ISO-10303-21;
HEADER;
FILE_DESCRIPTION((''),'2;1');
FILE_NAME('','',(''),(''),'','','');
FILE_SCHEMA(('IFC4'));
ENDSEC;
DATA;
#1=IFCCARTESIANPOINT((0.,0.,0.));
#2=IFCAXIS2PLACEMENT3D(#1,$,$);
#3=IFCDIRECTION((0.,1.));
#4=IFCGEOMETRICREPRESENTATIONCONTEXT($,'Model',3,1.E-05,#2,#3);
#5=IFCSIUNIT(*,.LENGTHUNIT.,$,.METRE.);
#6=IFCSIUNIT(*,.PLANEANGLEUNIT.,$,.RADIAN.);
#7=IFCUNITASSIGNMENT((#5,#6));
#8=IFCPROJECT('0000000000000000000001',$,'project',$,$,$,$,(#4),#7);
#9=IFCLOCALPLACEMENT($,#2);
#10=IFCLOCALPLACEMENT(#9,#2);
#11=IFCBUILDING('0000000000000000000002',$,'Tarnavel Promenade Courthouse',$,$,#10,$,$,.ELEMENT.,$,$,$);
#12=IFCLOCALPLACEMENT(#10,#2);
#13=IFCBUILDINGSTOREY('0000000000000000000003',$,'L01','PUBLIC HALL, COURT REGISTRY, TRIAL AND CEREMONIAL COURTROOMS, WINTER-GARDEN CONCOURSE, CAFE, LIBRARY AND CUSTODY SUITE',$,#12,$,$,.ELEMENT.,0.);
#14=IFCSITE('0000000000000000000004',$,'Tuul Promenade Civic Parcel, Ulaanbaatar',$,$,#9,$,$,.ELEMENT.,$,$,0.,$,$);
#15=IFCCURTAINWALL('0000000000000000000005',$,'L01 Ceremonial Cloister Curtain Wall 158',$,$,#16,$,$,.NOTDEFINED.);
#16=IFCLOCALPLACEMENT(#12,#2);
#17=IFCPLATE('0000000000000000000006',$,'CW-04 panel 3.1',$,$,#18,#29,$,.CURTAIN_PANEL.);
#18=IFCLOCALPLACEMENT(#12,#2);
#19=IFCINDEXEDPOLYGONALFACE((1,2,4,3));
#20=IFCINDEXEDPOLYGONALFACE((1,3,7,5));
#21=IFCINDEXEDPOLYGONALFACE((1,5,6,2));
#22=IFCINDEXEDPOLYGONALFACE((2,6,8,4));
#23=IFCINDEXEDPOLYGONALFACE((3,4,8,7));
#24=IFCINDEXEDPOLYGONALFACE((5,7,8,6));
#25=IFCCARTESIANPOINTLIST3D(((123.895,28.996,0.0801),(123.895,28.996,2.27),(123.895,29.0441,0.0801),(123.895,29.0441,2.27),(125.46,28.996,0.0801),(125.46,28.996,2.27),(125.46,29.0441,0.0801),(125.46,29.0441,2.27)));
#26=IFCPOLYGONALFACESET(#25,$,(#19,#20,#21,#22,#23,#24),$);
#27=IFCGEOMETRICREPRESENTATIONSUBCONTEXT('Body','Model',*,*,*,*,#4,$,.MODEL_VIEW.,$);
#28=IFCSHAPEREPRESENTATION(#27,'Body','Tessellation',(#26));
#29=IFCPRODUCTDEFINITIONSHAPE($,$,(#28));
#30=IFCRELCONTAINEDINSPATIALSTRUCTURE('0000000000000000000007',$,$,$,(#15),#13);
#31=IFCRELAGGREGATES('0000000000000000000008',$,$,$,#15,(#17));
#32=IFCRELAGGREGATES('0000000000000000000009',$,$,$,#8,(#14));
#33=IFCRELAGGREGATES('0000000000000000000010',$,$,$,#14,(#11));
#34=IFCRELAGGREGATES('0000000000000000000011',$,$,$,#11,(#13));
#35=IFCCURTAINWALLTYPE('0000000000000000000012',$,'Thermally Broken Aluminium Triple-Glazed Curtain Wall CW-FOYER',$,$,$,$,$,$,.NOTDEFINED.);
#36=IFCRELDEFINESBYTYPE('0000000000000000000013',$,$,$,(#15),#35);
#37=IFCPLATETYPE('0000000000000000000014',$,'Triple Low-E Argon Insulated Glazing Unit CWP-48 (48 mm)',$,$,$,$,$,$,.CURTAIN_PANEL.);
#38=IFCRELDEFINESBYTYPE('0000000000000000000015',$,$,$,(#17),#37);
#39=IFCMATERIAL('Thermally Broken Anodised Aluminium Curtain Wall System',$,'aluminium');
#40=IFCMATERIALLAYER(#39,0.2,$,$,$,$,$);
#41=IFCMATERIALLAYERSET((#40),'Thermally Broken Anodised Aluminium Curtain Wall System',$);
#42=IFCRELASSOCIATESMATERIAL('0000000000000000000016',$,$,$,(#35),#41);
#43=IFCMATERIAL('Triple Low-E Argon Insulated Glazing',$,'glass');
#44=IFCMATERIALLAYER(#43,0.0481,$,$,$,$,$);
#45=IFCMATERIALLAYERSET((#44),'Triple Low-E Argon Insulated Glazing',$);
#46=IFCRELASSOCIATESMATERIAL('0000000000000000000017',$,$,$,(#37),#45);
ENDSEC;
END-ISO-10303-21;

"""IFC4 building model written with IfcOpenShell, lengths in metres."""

from ifc_helpers import new_model, si_unit, direction, frame, origin, origin_2d, place, context, subcontext, project, spatial, rectangle, extrude, material, layer, layer_set, type_object, element, aggregate, save


model = new_model("IFC4")

# Units and contexts
model_context = context("Model", 3, precision=1e-05, world=origin(), true_north=direction((0.0, 1.0)))
body_context = subcontext(model_context, "Body", "Model", "MODEL_VIEW")
ifc_project = project(units=[si_unit("LENGTHUNIT", "METRE"), si_unit("PLANEANGLEUNIT", "RADIAN")], contexts=[model_context])

# Site, building, storey
site_placement = place(None, origin())
site = spatial("IfcSite", under=ifc_project, at=site_placement, Name="Tuul Promenade Civic Parcel, Ulaanbaatar", CompositionType="ELEMENT", RefElevation=0.0)
building_placement = place(site_placement, origin())
building = spatial("IfcBuilding", under=site, at=building_placement, Name="Tarnavel Promenade Courthouse", CompositionType="ELEMENT")
storey_placement = place(building_placement, origin())
storey = spatial("IfcBuildingStorey", under=building, at=storey_placement, Name="L01", Description="PUBLIC HALL, COURT REGISTRY, TRIAL AND CEREMONIAL COURTROOMS, WINTER-GARDEN CONCOURSE, CAFE, LIBRARY AND CUSTODY SUITE", CompositionType="ELEMENT", Elevation=0.0)

# Curtain wall, plate
ifc_material_1 = material(Name="Thermally Broken Anodised Aluminium Curtain Wall System", Category="aluminium")
ifc_layer_1 = layer(ifc_material_1, 0.2)
ifc_layer_set_1 = layer_set([ifc_layer_1], Name="Thermally Broken Anodised Aluminium Curtain Wall System")
curtain_wall_type = type_object("IfcCurtainWallType", Name="Thermally Broken Aluminium Triple-Glazed Curtain Wall CW-FOYER", PredefinedType="NOTDEFINED", material=ifc_layer_set_1)
curtain_wall_placement = place(storey_placement, origin())
curtain_wall = element("IfcCurtainWall", 1, at=curtain_wall_placement, inside=storey, type_object=curtain_wall_type, Name="L01 Ceremonial Cloister Curtain Wall 158", PredefinedType="NOTDEFINED")
ifc_material_2 = material(Name="Triple Low-E Argon Insulated Glazing", Category="glass")
ifc_layer_2 = layer(ifc_material_2, 0.0481)
ifc_layer_set_2 = layer_set([ifc_layer_2], Name="Triple Low-E Argon Insulated Glazing")
plate_type = type_object("IfcPlateType", Name="Triple Low-E Argon Insulated Glazing Unit CWP-48 (48 mm)", PredefinedType="CURTAIN_PANEL", material=ifc_layer_set_2)
plate_placement = place(storey_placement, frame((124.6775, 29.02, 0.0801), z_axis=(0.0, 0.0, 1.0), x_axis=(1.0, 0.0, 0.0)))
plate = element("IfcPlate", 2, at=plate_placement, type_object=plate_type, Name="CW-04 panel 3.1", PredefinedType="CURTAIN_PANEL", context=body_context, shape_type="SweptSolid", body=[
    extrude(rectangle(XDim=1.5649, YDim=0.0481, at=origin_2d()), origin(), (0.0, 0.0, 1.0), 2.1899),
])
aggregate(curtain_wall, [plate])

save(model, "model.ifc")
